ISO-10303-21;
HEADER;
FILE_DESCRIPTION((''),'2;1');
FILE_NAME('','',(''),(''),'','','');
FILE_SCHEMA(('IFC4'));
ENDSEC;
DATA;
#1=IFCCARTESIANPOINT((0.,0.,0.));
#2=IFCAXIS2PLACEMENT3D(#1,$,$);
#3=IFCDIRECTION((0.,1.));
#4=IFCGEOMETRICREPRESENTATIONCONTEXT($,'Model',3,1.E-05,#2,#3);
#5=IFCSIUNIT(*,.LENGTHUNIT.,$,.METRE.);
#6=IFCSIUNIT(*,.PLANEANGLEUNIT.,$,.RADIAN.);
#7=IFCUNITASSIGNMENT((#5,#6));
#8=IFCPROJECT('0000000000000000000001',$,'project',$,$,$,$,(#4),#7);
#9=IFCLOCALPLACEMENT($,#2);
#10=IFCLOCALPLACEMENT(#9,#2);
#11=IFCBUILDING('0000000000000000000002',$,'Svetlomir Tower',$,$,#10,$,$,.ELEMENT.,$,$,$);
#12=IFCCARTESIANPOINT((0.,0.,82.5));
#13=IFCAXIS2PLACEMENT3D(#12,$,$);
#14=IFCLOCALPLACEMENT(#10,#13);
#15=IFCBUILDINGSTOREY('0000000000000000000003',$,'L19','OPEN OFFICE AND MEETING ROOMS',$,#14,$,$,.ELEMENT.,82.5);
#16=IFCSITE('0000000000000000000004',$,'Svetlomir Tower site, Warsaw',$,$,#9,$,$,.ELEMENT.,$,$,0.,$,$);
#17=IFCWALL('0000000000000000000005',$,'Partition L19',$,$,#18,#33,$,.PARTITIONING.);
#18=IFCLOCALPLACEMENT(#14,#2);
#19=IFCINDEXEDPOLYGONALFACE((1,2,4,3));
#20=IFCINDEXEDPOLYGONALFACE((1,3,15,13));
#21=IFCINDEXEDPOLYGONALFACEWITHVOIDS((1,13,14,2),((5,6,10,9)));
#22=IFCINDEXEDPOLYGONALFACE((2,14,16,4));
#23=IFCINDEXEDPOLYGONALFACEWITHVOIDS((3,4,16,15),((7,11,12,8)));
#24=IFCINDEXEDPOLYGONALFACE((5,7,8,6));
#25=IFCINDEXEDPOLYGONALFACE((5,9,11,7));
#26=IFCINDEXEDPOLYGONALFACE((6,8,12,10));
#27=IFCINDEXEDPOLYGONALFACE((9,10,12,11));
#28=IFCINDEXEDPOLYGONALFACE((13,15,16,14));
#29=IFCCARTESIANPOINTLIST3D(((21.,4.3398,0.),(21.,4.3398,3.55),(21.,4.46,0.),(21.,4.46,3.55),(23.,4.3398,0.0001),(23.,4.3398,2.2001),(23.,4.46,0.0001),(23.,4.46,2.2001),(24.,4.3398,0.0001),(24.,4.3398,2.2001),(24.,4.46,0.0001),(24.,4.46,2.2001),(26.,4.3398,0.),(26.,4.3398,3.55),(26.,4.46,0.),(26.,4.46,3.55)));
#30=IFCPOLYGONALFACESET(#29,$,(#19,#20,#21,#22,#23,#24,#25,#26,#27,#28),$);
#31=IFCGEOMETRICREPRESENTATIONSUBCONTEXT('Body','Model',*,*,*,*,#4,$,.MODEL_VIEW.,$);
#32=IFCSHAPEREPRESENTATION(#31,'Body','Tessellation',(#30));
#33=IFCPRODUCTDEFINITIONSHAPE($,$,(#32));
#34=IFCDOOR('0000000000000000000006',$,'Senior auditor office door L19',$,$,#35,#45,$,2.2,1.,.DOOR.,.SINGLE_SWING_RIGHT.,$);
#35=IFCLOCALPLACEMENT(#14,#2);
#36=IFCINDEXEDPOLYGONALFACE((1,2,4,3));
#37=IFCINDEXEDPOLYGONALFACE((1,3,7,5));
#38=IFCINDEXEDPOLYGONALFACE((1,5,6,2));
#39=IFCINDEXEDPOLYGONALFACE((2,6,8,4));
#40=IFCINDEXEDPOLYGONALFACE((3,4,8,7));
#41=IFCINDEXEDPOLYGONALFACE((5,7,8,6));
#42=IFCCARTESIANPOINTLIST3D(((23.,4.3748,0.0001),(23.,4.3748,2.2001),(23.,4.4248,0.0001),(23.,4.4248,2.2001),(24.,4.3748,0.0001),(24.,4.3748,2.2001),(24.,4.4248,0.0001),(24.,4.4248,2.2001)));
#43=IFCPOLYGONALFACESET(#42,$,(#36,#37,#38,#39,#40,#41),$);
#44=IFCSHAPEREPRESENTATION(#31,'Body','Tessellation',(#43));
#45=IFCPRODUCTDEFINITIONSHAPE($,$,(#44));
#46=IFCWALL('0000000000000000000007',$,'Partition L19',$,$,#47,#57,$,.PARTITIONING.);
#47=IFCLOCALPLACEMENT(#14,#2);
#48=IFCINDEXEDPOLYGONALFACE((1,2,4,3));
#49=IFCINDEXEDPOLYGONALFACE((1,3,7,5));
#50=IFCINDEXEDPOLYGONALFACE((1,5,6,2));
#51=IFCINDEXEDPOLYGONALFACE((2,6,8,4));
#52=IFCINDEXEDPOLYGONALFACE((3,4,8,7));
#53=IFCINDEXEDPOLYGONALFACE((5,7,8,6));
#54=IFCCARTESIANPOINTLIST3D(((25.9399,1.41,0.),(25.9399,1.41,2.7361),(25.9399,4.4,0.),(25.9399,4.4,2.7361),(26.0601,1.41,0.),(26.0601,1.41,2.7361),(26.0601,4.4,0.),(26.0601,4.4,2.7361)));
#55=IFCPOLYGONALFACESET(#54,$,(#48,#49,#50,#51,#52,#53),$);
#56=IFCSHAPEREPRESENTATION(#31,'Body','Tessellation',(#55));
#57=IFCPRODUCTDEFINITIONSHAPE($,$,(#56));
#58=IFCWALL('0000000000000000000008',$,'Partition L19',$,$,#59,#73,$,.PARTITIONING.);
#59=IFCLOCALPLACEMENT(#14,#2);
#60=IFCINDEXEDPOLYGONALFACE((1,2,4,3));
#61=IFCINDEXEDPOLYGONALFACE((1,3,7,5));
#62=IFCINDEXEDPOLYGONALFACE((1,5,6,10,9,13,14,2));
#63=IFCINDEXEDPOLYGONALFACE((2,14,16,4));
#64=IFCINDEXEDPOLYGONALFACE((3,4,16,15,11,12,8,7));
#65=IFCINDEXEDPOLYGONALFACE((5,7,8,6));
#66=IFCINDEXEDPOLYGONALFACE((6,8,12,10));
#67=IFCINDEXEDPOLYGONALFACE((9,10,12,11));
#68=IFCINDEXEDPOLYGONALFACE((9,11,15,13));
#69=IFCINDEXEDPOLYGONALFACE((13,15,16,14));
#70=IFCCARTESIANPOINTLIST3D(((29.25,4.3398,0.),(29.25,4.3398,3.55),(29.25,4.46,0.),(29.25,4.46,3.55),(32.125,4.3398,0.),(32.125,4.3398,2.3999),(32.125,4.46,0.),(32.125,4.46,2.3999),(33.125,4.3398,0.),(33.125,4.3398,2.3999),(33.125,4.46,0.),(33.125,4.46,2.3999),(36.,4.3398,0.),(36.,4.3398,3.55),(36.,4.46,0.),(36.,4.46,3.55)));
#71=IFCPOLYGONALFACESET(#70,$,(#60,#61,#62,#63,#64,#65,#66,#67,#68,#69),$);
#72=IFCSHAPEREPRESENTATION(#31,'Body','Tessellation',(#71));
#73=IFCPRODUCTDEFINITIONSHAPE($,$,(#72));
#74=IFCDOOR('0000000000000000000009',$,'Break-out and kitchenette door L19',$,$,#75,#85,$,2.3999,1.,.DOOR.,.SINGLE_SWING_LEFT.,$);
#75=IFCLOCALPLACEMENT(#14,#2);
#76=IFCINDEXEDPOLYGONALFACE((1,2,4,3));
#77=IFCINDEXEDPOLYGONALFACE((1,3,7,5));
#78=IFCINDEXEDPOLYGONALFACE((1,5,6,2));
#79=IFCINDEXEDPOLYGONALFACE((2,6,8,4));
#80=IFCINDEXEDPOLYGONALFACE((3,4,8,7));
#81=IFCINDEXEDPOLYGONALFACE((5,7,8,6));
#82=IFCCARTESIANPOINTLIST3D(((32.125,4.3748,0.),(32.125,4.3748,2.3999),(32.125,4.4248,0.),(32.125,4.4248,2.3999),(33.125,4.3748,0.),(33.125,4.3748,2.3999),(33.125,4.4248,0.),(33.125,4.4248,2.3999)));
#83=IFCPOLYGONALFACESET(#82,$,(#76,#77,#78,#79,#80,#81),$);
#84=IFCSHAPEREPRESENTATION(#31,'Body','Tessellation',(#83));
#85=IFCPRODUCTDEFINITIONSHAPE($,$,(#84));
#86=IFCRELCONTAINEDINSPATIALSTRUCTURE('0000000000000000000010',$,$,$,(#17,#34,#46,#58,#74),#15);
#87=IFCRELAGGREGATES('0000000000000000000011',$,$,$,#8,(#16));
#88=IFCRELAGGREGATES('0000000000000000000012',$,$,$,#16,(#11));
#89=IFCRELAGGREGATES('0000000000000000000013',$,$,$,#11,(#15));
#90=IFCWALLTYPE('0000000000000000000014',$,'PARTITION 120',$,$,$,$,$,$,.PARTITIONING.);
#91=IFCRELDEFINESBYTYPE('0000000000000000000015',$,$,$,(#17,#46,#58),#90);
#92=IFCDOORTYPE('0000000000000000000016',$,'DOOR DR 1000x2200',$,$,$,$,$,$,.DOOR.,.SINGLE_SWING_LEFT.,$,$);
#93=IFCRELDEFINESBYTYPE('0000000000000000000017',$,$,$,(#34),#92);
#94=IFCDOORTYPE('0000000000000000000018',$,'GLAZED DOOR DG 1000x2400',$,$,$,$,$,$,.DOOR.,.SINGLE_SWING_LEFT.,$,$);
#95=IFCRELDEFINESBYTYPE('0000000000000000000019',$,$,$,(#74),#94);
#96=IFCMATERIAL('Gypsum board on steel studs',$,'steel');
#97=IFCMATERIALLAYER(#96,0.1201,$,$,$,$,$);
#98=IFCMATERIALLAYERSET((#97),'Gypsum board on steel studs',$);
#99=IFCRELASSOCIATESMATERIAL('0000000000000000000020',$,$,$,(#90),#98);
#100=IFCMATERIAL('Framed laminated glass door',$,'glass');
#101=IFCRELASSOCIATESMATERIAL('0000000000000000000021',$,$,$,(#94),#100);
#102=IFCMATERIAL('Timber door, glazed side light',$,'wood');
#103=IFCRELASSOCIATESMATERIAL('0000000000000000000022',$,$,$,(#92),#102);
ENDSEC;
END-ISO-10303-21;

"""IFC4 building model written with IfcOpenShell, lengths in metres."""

from ifc_helpers import new_model, si_unit, direction, frame, frame_2d, origin, place, context, subcontext, project, spatial, rectangle, extrude, material, layer, layer_set, type_object, element, fill, save


model = new_model("IFC4")

# Units and contexts
model_context = context("Model", 3, precision=1e-05, world=origin(), true_north=direction((0.0, 1.0)))
body_context = subcontext(model_context, "Body", "Model", "MODEL_VIEW")
ifc_project = project(units=[si_unit("LENGTHUNIT", "METRE"), si_unit("PLANEANGLEUNIT", "RADIAN")], contexts=[model_context])

# Site, building, storey
site_placement = place(None, origin())
site = spatial("IfcSite", under=ifc_project, at=site_placement, Name="Svetlomir Tower site, Warsaw", CompositionType="ELEMENT", RefElevation=0.0)
building_placement = place(site_placement, origin())
building = spatial("IfcBuilding", under=site, at=building_placement, Name="Svetlomir Tower", CompositionType="ELEMENT")
storey_placement = place(building_placement, frame((0.0, 0.0, 82.5)))
storey = spatial("IfcBuildingStorey", under=building, at=storey_placement, Name="L19", Description="OPEN OFFICE AND MEETING ROOMS", CompositionType="ELEMENT", Elevation=82.5)

# Shared definitions
ifc_material_1 = material(Name="Gypsum board on steel studs", Category="steel")
ifc_layer_1 = layer(ifc_material_1, 0.1201)
ifc_layer_set_1 = layer_set([ifc_layer_1], Name="Gypsum board on steel studs")
wall_type_1 = type_object("IfcWallType", Name="PARTITION 120", PredefinedType="PARTITIONING", material=ifc_layer_set_1)

# Shared definitions
ifc_material_2 = material(Name="Framed laminated glass door", Category="glass")
door_type_1 = type_object("IfcDoorType", Name="GLAZED DOOR DG 1000x2400", OperationType="SINGLE_SWING_LEFT", PredefinedType="DOOR", material=ifc_material_2)

# Wall, opening, door
wall_1_placement = place(storey_placement, frame((21.0, 4.3999, 0.0), z_axis=(0.0, 0.0, 1.0), x_axis=(1.0, 0.0, 0.0)))
wall_1 = element("IfcWall", 1, at=wall_1_placement, inside=storey, type_object=wall_type_1, Name="Partition L19", PredefinedType="PARTITIONING", context=body_context, shape_type="SweptSolid", body=[
    extrude(rectangle(XDim=5.0, YDim=0.1201, at=frame_2d((2.5, 0.0))), origin(), (0.0, 0.0, 1.0), 3.55),
])
opening_1_placement = place(wall_1_placement, frame((2.0, 0.0, 0.0)))
opening_1 = element("IfcOpeningElement", 2, at=opening_1_placement, cuts=wall_1, PredefinedType="OPENING", context=body_context, shape_type="SweptSolid", body=[
    extrude(rectangle(XDim=1.0, YDim=2.2, at=frame_2d((0.5, 1.1001))), frame((0.0, 0.0701, 0.0), z_axis=(0.0, -1.0, 0.0), x_axis=(1.0, 0.0, 0.0)), (0.0, 0.0, 1.0), 0.1401),
])
ifc_material_3 = material(Name="Timber door, glazed side light", Category="wood")
door_type_2 = type_object("IfcDoorType", Name="DOOR DR 1000x2200", OperationType="SINGLE_SWING_LEFT", PredefinedType="DOOR", material=ifc_material_3)
door_1_placement = place(opening_1_placement, origin())
door_1 = element("IfcDoor", 3, at=door_1_placement, inside=storey, type_object=door_type_2, Name="Senior auditor office door L19", OperationType="SINGLE_SWING_RIGHT", OverallHeight=2.2, OverallWidth=1.0, PredefinedType="DOOR", context=body_context, shape_type="SweptSolid", body=[
    extrude(rectangle(XDim=1.0, YDim=2.2, at=frame_2d((0.5, 1.1001))), frame((0.0, 0.0249, 0.0), z_axis=(0.0, -1.0, 0.0), x_axis=(1.0, 0.0, 0.0)), (0.0, 0.0, 1.0), 0.05),
])
fill(opening_1, door_1)

# Wall
wall_2_placement = place(storey_placement, frame((26.0, 1.4099, 0.0), z_axis=(0.0, 0.0, 1.0), x_axis=(0.0, 1.0, 0.0)))
element("IfcWall", 4, at=wall_2_placement, inside=storey, type_object=wall_type_1, Name="Partition L19", PredefinedType="PARTITIONING", context=body_context, shape_type="SweptSolid", body=[
    extrude(rectangle(XDim=2.99, YDim=0.1201, at=frame_2d((1.4951, 0.0))), origin(), (0.0, 0.0, 1.0), 2.7361),
])

# Wall, opening, door
wall_3_placement = place(storey_placement, frame((29.25, 4.3999, 0.0), z_axis=(0.0, 0.0, 1.0), x_axis=(1.0, 0.0, 0.0)))
wall_3 = element("IfcWall", 5, at=wall_3_placement, inside=storey, type_object=wall_type_1, Name="Partition L19", PredefinedType="PARTITIONING", context=body_context, shape_type="SweptSolid", body=[
    extrude(rectangle(XDim=6.75, YDim=0.1201, at=frame_2d((3.375, 0.0))), origin(), (0.0, 0.0, 1.0), 3.55),
])
opening_2_placement = place(wall_3_placement, frame((2.875, 0.0, 0.0)))
opening_2 = element("IfcOpeningElement", 6, at=opening_2_placement, cuts=wall_3, PredefinedType="OPENING", context=body_context, shape_type="SweptSolid", body=[
    extrude(rectangle(XDim=1.0, YDim=2.3999, at=frame_2d((0.5, 1.2))), frame((0.0, 0.0701, 0.0), z_axis=(0.0, -1.0, 0.0), x_axis=(1.0, 0.0, 0.0)), (0.0, 0.0, 1.0), 0.1401),
])
door_2_placement = place(opening_2_placement, origin())
door_2 = element("IfcDoor", 7, at=door_2_placement, inside=storey, type_object=door_type_1, Name="Break-out and kitchenette door L19", OperationType="SINGLE_SWING_LEFT", OverallHeight=2.3999, OverallWidth=1.0, PredefinedType="DOOR", context=body_context, shape_type="SweptSolid", body=[
    extrude(rectangle(XDim=1.0, YDim=2.3999, at=frame_2d((0.5, 1.2))), frame((0.0, 0.0249, 0.0), z_axis=(0.0, -1.0, 0.0), x_axis=(1.0, 0.0, 0.0)), (0.0, 0.0, 1.0), 0.05),
])
fill(opening_2, door_2)

save(model, "model.ifc")
